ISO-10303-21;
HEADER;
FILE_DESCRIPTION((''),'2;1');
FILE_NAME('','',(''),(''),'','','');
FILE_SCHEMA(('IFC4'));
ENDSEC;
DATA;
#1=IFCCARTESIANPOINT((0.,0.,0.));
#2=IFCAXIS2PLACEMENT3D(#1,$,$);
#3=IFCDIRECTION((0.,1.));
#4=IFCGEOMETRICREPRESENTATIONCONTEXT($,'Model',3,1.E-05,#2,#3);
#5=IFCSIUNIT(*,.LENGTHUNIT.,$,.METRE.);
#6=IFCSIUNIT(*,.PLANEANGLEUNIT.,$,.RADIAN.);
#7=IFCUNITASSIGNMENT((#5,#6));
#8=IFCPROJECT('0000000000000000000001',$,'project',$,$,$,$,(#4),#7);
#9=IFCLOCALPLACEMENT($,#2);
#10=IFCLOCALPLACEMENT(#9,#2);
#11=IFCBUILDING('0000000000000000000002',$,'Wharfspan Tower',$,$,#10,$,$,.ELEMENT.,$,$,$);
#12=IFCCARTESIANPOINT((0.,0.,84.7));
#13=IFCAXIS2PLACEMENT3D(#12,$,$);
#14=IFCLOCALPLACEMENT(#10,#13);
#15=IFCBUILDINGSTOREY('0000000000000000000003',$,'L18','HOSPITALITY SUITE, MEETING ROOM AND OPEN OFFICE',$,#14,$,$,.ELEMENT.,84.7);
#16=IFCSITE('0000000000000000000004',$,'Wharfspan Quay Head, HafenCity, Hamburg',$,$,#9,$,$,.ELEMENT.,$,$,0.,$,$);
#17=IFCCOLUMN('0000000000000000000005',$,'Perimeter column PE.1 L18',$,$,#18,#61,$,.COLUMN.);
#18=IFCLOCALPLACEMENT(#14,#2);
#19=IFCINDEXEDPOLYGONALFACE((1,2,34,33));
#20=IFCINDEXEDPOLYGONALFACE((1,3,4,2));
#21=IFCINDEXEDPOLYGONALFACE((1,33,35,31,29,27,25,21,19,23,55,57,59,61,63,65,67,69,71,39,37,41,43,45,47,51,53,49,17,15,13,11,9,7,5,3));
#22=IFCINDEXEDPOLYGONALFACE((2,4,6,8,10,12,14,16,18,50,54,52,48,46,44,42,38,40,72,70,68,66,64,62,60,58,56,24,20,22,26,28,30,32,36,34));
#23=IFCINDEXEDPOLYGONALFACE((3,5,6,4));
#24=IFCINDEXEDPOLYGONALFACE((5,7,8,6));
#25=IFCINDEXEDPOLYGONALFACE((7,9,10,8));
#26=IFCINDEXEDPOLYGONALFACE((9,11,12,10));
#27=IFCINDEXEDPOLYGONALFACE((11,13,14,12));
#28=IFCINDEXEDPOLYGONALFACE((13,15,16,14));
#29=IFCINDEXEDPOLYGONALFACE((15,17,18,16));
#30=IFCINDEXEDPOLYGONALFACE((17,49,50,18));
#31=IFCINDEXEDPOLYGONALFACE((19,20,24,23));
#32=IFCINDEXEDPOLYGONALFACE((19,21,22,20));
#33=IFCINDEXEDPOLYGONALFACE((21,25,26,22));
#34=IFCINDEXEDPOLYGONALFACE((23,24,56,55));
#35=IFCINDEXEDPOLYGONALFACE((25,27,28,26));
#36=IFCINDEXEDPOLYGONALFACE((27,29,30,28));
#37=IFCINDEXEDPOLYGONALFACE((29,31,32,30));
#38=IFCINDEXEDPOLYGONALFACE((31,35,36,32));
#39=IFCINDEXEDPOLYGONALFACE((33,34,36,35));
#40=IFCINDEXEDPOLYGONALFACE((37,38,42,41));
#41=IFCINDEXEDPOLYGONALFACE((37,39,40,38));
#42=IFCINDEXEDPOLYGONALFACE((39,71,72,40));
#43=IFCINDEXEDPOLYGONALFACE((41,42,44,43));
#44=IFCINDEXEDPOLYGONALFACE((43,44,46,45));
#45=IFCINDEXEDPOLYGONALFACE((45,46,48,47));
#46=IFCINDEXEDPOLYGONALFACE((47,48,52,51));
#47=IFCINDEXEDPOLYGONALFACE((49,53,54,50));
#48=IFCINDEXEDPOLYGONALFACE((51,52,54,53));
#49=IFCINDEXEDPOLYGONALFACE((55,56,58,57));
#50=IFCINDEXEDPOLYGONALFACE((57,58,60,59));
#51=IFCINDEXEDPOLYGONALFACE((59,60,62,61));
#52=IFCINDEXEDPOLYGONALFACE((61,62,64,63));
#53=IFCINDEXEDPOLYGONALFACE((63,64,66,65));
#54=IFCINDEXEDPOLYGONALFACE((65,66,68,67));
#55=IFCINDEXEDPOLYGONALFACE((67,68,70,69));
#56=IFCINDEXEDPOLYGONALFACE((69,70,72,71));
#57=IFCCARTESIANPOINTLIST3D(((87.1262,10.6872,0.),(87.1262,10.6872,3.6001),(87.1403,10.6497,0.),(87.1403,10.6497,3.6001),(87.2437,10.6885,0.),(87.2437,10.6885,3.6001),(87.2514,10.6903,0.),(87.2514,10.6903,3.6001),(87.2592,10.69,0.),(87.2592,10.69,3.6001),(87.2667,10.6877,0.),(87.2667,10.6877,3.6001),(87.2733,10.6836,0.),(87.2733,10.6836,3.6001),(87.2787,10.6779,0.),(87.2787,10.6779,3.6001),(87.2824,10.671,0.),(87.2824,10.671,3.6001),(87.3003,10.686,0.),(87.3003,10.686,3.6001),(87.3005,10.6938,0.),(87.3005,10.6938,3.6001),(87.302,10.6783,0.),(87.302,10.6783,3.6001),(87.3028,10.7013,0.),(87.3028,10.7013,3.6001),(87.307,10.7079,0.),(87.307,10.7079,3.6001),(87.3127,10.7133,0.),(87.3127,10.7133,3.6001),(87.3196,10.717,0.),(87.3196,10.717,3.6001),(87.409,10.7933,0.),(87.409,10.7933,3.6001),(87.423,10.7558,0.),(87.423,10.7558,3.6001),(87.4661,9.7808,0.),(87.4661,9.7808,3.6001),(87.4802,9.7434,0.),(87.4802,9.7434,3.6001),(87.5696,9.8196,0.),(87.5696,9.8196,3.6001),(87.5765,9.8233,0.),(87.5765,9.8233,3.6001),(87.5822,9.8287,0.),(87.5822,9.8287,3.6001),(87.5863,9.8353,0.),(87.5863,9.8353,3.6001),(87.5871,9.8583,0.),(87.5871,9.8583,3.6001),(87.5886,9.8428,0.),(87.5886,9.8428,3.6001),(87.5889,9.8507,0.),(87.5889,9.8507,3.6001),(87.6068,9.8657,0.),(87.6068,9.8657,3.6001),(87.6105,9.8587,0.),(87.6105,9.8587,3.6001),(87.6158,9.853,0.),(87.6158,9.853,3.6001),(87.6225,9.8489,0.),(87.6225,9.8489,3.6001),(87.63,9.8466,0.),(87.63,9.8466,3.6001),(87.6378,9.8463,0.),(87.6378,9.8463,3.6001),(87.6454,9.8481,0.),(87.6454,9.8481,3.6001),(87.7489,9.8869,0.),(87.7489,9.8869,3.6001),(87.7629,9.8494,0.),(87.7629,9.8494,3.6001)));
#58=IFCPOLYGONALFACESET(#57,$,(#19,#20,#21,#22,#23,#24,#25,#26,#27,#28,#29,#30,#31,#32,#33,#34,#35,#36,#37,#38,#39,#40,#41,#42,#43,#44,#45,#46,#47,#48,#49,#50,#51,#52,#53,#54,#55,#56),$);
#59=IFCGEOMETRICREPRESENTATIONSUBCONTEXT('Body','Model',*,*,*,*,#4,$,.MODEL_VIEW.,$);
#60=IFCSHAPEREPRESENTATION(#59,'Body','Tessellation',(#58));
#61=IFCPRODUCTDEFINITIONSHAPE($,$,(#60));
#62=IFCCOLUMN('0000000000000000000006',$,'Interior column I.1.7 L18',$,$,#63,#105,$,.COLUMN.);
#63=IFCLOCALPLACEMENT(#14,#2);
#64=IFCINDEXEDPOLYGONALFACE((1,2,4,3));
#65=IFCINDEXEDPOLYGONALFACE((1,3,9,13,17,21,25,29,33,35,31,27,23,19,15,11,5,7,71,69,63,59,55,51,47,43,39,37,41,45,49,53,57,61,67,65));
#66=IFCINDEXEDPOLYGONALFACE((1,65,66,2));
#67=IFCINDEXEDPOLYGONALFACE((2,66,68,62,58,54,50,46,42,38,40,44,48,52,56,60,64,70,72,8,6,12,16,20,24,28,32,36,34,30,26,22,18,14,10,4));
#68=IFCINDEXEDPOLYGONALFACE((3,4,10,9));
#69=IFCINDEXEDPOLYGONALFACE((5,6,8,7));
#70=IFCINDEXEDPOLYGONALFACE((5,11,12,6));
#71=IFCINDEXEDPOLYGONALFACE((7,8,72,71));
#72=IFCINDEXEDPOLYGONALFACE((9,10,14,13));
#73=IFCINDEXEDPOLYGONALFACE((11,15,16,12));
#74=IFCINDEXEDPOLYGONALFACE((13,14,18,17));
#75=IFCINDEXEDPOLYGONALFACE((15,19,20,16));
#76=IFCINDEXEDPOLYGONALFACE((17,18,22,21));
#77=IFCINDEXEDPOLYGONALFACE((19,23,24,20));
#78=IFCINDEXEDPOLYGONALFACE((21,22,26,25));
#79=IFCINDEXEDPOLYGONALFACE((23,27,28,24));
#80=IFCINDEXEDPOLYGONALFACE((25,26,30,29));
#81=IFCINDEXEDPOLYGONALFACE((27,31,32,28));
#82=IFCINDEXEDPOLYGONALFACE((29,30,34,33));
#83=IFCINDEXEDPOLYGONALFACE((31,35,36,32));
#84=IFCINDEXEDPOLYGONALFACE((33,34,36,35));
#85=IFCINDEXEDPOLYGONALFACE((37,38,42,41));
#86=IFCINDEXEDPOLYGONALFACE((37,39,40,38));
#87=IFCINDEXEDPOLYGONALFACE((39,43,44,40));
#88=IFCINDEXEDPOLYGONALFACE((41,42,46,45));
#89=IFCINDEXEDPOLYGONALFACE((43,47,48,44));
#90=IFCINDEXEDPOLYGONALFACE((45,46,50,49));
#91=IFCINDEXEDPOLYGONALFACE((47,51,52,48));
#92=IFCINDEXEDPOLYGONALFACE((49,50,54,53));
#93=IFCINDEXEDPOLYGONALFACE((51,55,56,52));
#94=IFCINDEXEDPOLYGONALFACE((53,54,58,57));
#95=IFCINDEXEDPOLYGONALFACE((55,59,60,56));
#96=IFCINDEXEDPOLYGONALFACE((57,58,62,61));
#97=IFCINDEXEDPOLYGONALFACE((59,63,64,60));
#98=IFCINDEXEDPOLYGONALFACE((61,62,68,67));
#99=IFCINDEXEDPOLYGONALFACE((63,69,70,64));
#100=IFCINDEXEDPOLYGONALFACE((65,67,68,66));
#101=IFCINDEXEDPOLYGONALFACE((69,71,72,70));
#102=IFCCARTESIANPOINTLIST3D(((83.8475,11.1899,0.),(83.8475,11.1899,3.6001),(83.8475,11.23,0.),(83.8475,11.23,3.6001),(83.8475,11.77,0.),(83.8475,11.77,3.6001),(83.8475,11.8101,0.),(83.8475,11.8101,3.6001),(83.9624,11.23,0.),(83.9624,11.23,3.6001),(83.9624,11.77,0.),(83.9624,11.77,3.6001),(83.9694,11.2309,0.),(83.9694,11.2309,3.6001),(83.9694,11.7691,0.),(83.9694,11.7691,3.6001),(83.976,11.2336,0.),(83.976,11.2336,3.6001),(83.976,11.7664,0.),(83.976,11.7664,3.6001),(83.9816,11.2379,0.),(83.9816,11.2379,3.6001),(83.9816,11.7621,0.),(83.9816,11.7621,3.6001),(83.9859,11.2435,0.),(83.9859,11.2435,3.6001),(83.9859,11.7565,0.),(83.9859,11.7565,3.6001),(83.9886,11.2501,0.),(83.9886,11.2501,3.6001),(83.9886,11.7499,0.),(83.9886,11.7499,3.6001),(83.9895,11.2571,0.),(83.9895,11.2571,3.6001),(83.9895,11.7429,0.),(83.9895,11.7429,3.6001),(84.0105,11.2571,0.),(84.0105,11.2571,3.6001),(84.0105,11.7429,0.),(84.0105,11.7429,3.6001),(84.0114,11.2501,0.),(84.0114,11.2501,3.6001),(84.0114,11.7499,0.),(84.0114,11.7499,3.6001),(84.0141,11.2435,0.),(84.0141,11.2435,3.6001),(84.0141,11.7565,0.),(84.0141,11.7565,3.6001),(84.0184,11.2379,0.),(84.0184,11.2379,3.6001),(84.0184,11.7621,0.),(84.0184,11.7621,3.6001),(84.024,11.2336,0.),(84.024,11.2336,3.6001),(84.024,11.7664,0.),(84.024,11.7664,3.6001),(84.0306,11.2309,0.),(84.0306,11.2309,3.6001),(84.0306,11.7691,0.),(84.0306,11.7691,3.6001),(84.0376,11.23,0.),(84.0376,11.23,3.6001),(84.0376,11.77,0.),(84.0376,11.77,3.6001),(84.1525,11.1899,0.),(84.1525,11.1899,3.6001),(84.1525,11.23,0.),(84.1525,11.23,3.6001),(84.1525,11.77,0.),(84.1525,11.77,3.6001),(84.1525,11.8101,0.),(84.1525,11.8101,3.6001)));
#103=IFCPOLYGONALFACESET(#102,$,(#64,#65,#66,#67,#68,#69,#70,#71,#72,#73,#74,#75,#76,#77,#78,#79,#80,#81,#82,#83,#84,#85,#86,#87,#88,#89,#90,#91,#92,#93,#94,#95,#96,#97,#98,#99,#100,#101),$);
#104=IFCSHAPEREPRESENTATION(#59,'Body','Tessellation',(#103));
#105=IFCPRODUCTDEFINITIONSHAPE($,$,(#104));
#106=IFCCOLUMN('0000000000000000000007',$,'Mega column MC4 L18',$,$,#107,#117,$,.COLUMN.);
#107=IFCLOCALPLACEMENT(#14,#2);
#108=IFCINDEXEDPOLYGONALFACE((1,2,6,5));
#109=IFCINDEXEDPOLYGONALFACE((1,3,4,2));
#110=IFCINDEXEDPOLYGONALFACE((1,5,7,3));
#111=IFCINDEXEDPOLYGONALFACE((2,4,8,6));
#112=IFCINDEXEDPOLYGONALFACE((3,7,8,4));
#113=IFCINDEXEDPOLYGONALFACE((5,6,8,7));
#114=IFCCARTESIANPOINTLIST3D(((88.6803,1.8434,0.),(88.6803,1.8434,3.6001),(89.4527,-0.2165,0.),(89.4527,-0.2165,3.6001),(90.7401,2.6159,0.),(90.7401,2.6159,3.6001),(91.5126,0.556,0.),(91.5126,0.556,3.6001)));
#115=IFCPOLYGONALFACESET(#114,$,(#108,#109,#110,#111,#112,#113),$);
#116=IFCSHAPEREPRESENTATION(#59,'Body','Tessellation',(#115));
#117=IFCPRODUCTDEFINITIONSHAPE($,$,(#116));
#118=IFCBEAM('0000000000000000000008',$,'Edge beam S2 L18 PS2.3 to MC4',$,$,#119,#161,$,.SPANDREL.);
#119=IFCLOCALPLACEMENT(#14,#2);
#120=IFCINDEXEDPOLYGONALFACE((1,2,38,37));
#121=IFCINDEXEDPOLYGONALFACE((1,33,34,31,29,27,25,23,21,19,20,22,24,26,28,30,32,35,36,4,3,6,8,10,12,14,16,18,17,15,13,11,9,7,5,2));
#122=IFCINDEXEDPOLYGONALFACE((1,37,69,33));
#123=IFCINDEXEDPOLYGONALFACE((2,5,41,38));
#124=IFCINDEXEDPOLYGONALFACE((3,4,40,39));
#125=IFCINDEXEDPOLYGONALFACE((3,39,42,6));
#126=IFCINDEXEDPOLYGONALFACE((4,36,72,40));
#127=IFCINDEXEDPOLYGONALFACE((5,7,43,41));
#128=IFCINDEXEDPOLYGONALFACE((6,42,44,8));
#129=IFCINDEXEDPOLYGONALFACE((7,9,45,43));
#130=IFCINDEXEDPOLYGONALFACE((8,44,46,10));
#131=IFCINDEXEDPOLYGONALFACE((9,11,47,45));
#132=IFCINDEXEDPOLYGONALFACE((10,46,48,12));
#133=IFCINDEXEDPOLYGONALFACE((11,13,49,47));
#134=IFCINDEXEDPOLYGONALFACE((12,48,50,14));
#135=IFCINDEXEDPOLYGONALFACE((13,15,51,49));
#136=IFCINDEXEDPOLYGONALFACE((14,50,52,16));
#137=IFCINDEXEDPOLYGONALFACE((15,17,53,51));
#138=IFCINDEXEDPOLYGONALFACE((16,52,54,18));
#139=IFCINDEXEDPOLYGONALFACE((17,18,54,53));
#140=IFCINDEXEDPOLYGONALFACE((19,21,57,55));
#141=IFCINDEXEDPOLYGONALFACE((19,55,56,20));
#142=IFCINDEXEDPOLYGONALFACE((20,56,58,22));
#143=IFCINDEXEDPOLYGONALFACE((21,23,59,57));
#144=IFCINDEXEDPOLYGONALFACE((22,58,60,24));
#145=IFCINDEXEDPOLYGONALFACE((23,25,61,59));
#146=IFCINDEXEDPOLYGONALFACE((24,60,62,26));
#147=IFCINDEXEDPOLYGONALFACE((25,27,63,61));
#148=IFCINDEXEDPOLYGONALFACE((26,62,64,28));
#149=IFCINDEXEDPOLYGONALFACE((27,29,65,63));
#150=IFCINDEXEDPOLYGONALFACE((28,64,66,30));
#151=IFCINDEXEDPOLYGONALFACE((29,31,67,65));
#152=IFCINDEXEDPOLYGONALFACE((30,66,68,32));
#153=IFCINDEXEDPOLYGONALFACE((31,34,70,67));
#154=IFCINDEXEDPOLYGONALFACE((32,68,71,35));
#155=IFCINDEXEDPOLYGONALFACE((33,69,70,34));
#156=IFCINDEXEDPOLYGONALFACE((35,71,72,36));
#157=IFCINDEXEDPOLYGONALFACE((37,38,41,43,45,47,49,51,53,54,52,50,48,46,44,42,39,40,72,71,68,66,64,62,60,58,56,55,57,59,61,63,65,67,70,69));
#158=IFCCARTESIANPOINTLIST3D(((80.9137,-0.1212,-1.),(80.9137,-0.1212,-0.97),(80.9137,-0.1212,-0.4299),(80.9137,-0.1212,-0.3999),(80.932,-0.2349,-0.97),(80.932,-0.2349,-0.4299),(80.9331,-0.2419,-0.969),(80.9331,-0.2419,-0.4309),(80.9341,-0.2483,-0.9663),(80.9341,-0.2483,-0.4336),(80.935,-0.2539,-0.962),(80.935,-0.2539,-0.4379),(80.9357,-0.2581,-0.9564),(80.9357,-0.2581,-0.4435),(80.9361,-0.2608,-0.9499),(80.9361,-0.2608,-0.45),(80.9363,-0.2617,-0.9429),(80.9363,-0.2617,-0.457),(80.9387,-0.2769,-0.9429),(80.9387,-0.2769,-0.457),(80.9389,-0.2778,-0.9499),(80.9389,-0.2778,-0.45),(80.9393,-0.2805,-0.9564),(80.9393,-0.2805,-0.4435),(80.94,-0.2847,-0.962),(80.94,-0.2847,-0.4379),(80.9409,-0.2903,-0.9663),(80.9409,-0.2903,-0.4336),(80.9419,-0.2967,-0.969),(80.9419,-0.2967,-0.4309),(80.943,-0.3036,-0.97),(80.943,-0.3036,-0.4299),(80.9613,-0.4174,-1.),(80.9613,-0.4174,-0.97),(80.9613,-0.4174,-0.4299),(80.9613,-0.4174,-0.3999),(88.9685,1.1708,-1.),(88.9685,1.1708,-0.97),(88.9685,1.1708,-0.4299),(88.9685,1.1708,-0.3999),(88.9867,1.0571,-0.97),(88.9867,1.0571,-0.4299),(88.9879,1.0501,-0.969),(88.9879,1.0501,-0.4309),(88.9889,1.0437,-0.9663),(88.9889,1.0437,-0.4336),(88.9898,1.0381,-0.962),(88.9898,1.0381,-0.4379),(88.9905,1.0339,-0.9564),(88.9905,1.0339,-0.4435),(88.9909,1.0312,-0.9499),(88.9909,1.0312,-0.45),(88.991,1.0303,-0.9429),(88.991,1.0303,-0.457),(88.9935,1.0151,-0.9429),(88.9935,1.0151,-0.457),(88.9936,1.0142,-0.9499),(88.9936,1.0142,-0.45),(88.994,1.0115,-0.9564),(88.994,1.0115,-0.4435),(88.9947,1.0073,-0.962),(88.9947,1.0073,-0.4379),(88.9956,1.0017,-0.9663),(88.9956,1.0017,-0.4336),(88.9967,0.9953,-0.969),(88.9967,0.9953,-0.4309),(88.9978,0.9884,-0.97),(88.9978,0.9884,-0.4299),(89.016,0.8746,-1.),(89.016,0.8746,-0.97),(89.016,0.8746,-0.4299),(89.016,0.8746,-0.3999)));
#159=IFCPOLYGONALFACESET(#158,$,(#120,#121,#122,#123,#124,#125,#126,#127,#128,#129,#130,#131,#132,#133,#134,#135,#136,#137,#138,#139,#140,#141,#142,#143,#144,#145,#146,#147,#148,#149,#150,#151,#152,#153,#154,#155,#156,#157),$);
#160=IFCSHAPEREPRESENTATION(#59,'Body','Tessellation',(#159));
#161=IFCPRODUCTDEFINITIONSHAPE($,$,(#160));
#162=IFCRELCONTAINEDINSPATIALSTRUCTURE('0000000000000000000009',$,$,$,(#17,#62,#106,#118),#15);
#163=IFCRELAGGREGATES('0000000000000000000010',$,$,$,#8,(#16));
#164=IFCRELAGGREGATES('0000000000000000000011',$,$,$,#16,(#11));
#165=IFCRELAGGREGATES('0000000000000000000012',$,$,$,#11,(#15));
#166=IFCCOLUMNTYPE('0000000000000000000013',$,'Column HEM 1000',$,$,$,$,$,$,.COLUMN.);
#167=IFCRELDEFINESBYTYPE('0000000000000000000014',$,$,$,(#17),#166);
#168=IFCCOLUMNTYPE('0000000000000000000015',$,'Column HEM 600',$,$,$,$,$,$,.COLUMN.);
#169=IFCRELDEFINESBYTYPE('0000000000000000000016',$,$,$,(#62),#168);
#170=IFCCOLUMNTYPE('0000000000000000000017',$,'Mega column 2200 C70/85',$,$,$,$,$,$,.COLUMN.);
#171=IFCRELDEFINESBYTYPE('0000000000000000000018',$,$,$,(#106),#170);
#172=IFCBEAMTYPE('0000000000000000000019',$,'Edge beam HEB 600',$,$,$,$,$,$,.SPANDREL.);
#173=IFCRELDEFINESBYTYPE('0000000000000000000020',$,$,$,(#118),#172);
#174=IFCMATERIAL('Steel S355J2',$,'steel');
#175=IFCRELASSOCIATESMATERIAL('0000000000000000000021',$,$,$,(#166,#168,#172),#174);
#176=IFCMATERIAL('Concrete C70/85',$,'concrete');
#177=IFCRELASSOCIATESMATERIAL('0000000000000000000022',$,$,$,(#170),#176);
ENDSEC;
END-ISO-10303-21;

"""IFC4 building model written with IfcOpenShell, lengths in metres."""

from ifc_helpers import new_model, si_unit, direction, frame, origin, origin_2d, place, context, subcontext, project, spatial, rectangle, i_section, extrude, material, material_profile, profile_set, type_object, element, save


model = new_model("IFC4")

# Units and contexts
model_context = context("Model", 3, precision=1e-05, world=origin(), true_north=direction((0.0, 1.0)))
body_context = subcontext(model_context, "Body", "Model", "MODEL_VIEW")
ifc_project = project(units=[si_unit("LENGTHUNIT", "METRE"), si_unit("PLANEANGLEUNIT", "RADIAN")], contexts=[model_context])

# Site, building, storey
site_placement = place(None, origin())
site = spatial("IfcSite", under=ifc_project, at=site_placement, Name="Wharfspan Quay Head, HafenCity, Hamburg", CompositionType="ELEMENT", RefElevation=0.0)
building_placement = place(site_placement, origin())
building = spatial("IfcBuilding", under=site, at=building_placement, Name="Wharfspan Tower", CompositionType="ELEMENT")
storey_placement = place(building_placement, frame((0.0, 0.0, 84.7)))
storey = spatial("IfcBuildingStorey", under=building, at=storey_placement, Name="L18", Description="HOSPITALITY SUITE, MEETING ROOM AND OPEN OFFICE", CompositionType="ELEMENT", Elevation=84.7)

# Columns
ifc_material_1 = material(Name="Steel S355J2", Category="steel")
ifc_material_profile_1 = material_profile(ifc_material_1, i_section(OverallWidth=0.302, OverallDepth=1.0081, WebThickness=0.021, FlangeThickness=0.04, FilletRadius=0.03, at=origin_2d()))
ifc_profile_set_1 = profile_set([ifc_material_profile_1], Name="Steel S355J2")
column_type_1 = type_object("IfcColumnType", Name="Column HEM 1000", PredefinedType="COLUMN", material=ifc_profile_set_1)
column_1_placement = place(storey_placement, frame((87.4446, 10.2683, 0.0), z_axis=(0.0, 0.0, 1.0), x_axis=(0.936328, 0.351123, 0.0)))
element("IfcColumn", 1, at=column_1_placement, inside=storey, type_object=column_type_1, Name="Perimeter column PE.1 L18", PredefinedType="COLUMN", context=body_context, shape_type="SweptSolid", body=[
    extrude(i_section(OverallWidth=0.302, OverallDepth=1.0081, WebThickness=0.021, FlangeThickness=0.04, FilletRadius=0.03, at=origin_2d()), origin(), (0.0, 0.0, 1.0), 3.6001),
])
ifc_material_profile_2 = material_profile(ifc_material_1, i_section(OverallWidth=0.3049, OverallDepth=0.6201, WebThickness=0.021, FlangeThickness=0.04, FilletRadius=0.0271, at=origin_2d()))
ifc_profile_set_2 = profile_set([ifc_material_profile_2], Name="Steel S355J2")
column_type_2 = type_object("IfcColumnType", Name="Column HEM 600", PredefinedType="COLUMN", material=ifc_profile_set_2)
column_2_placement = place(storey_placement, frame((84.0, 11.5, 0.0), z_axis=(0.0, 0.0, 1.0), x_axis=(1.0, 0.0, 0.0)))
element("IfcColumn", 2, at=column_2_placement, inside=storey, type_object=column_type_2, Name="Interior column I.1.7 L18", PredefinedType="COLUMN", context=body_context, shape_type="SweptSolid", body=[
    extrude(i_section(OverallWidth=0.3049, OverallDepth=0.6201, WebThickness=0.021, FlangeThickness=0.04, FilletRadius=0.0271, at=origin_2d()), origin(), (0.0, 0.0, 1.0), 3.6001),
])
ifc_material_2 = material(Name="Concrete C70/85", Category="concrete")
ifc_material_profile_3 = material_profile(ifc_material_2, rectangle(XDim=2.2, YDim=2.2, at=origin_2d()))
ifc_profile_set_3 = profile_set([ifc_material_profile_3], Name="Concrete C70/85")
column_type_3 = type_object("IfcColumnType", Name="Mega column 2200 C70/85", PredefinedType="COLUMN", material=ifc_profile_set_3)
column_3_placement = place(storey_placement, frame((90.0964, 1.1997, 0.0), z_axis=(0.0, 0.0, 1.0), x_axis=(-0.351123, 0.936328, 0.0)))
element("IfcColumn", 3, at=column_3_placement, inside=storey, type_object=column_type_3, Name="Mega column MC4 L18", PredefinedType="COLUMN", context=body_context, shape_type="SweptSolid", body=[
    extrude(rectangle(XDim=2.2, YDim=2.2, at=origin_2d()), origin(), (0.0, 0.0, 1.0), 3.6001),
])

# Beam
ifc_material_profile_4 = material_profile(ifc_material_1, i_section(OverallWidth=0.3, OverallDepth=0.6001, WebThickness=0.0154, FlangeThickness=0.03, FilletRadius=0.0271, at=origin_2d()))
ifc_profile_set_4 = profile_set([ifc_material_profile_4], Name="Steel S355J2")
beam_type = type_object("IfcBeamType", Name="Edge beam HEB 600", PredefinedType="SPANDREL", material=ifc_profile_set_4)
beam_1_placement = place(storey_placement, frame((80.9375, -0.2693, -0.7), z_axis=(0.987379, 0.158378, 0.0), x_axis=(-0.158378, 0.987379, 0.0)))
element("IfcBeam", 4, at=beam_1_placement, inside=storey, type_object=beam_type, Name="Edge beam S2 L18 PS2.3 to MC4", PredefinedType="SPANDREL", context=body_context, shape_type="SweptSolid", body=[
    extrude(i_section(OverallWidth=0.3, OverallDepth=0.6001, WebThickness=0.0154, FlangeThickness=0.03, FilletRadius=0.0271, at=origin_2d()), origin(), (0.0, 0.0, 1.0), 8.1577),
])

save(model, "model.ifc")
